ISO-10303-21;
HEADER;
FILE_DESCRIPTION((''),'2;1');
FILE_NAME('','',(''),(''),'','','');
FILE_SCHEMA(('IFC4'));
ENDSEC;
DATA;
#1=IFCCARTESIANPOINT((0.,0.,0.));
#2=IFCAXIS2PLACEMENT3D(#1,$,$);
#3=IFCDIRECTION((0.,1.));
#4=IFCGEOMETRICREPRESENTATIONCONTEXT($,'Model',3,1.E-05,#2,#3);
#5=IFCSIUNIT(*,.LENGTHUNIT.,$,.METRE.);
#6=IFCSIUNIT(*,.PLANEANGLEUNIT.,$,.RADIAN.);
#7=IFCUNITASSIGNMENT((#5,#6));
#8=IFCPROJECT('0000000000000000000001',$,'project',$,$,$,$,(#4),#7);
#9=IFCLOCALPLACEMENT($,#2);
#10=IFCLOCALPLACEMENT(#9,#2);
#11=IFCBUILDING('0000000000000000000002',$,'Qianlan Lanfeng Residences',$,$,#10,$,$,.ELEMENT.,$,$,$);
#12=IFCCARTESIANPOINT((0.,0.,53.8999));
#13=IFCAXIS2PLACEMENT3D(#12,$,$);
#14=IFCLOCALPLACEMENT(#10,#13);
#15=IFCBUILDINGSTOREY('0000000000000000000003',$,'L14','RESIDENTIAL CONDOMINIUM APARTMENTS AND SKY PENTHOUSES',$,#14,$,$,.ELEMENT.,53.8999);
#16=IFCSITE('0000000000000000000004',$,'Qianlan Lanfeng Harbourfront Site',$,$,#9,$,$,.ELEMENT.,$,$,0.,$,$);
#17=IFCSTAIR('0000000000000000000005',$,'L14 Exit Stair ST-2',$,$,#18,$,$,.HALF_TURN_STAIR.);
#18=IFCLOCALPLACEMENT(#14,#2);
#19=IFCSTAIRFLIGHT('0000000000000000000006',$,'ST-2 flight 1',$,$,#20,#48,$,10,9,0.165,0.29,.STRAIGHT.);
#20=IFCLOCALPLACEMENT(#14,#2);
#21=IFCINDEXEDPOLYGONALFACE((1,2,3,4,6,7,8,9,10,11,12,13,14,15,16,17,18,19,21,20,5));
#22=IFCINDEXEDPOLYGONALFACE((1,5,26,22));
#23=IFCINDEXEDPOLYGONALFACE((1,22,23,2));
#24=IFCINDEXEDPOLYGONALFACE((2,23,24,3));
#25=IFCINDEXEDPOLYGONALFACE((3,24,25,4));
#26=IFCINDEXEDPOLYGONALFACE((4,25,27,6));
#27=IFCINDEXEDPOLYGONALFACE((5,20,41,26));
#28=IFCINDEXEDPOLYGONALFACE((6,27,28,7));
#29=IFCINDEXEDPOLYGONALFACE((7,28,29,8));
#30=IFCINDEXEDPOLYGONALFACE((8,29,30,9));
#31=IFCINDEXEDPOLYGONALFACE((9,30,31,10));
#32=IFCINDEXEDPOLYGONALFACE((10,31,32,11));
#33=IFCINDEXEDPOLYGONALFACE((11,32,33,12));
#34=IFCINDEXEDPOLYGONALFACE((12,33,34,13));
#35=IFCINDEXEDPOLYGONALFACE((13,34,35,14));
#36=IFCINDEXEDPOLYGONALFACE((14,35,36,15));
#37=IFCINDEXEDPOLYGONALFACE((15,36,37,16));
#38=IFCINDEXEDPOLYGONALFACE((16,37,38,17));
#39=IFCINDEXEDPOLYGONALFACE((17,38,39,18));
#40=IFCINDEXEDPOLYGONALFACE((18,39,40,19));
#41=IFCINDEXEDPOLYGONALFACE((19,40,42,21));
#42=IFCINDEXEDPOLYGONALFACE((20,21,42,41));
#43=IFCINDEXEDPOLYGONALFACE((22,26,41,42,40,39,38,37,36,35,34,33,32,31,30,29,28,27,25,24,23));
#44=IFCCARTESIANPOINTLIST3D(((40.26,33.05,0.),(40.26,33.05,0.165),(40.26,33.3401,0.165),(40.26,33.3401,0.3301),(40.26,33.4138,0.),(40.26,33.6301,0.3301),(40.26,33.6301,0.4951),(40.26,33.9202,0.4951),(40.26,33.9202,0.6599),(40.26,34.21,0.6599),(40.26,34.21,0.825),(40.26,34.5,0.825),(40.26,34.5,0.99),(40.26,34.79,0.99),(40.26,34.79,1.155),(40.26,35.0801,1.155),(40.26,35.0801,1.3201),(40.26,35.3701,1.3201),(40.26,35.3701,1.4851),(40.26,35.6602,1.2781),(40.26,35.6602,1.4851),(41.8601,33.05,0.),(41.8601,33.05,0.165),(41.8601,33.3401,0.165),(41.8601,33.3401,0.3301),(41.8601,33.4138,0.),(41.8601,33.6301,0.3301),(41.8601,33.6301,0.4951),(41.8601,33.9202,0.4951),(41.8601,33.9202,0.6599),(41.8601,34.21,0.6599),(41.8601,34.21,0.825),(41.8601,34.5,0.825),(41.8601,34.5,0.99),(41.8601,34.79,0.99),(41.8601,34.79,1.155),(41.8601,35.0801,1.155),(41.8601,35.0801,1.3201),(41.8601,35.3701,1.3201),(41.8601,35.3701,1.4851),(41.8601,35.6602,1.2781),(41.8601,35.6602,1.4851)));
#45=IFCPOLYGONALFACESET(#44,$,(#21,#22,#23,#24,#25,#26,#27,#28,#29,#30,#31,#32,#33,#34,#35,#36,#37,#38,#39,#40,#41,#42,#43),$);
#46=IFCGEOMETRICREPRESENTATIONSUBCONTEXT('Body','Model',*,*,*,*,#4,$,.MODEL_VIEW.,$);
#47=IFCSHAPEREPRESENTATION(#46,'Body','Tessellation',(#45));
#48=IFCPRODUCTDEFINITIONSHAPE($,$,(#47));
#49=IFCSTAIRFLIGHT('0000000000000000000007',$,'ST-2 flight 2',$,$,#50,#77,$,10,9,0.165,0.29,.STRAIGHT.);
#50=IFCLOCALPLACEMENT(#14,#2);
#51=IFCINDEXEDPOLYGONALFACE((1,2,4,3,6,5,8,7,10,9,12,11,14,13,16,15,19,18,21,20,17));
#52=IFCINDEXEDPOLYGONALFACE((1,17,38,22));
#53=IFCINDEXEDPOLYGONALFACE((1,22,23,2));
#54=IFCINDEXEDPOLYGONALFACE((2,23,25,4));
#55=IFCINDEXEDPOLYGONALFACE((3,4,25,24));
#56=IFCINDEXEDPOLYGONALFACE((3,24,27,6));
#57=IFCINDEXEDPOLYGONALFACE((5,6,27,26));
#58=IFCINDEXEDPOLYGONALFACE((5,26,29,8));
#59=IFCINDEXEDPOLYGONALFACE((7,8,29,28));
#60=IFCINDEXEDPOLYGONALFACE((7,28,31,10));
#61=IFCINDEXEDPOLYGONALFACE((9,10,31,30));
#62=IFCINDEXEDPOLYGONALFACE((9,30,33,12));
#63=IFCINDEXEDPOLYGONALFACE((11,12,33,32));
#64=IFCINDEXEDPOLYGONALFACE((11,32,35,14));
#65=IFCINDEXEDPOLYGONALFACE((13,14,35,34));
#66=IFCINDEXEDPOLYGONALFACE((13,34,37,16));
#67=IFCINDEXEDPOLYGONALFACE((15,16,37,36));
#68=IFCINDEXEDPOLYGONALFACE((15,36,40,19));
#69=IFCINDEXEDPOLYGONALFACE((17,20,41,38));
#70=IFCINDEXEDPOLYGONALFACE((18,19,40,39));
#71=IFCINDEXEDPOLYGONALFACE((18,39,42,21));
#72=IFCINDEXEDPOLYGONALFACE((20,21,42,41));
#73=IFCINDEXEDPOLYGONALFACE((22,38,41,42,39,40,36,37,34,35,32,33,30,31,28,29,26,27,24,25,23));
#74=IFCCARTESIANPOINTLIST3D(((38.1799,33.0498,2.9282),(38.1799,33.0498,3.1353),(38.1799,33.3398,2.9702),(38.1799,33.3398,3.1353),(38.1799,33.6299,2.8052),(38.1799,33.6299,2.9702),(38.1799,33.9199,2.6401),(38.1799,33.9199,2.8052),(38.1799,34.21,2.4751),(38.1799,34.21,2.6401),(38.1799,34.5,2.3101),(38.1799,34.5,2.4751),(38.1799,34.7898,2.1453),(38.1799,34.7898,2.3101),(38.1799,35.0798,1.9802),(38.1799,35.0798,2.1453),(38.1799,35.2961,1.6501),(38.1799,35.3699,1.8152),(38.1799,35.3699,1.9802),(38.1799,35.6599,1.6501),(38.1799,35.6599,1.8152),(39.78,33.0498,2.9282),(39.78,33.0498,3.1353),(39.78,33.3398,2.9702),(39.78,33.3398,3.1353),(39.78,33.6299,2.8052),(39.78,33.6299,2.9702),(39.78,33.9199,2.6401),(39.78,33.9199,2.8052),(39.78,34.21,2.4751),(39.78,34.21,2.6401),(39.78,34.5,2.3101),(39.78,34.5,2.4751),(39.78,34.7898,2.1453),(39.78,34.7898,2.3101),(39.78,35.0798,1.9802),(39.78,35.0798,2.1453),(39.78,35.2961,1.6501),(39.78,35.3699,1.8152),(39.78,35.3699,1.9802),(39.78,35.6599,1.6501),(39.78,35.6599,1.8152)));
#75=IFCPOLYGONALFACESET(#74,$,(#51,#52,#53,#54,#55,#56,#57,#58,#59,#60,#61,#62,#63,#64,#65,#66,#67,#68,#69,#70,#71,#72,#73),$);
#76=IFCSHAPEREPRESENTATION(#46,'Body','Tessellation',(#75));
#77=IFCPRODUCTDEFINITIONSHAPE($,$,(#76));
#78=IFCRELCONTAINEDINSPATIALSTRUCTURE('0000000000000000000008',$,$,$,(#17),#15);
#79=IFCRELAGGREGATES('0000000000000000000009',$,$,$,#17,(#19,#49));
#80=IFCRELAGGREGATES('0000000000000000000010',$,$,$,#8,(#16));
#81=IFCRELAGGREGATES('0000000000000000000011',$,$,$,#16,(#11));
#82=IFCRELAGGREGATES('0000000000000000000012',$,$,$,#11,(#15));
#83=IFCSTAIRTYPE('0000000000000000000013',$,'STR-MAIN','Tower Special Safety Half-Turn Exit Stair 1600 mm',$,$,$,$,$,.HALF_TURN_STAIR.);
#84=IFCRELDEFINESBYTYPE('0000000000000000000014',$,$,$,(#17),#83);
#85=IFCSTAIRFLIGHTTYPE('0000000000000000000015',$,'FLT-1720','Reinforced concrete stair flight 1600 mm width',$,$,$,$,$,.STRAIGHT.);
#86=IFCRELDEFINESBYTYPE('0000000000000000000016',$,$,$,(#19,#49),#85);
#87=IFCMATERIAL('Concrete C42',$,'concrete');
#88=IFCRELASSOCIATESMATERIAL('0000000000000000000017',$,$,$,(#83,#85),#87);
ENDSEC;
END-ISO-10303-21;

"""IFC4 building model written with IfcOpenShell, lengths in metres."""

from ifc_helpers import new_model, si_unit, direction, frame, origin, place, context, subcontext, project, spatial, polyline, outline, extrude, material, type_object, element, aggregate, save


model = new_model("IFC4")

# Units and contexts
model_context = context("Model", 3, precision=1e-05, world=origin(), true_north=direction((0.0, 1.0)))
body_context = subcontext(model_context, "Body", "Model", "MODEL_VIEW")
ifc_project = project(units=[si_unit("LENGTHUNIT", "METRE"), si_unit("PLANEANGLEUNIT", "RADIAN")], contexts=[model_context])

# Site, building, storey
site_placement = place(None, origin())
site = spatial("IfcSite", under=ifc_project, at=site_placement, Name="Qianlan Lanfeng Harbourfront Site", CompositionType="ELEMENT", RefElevation=0.0)
building_placement = place(site_placement, origin())
building = spatial("IfcBuilding", under=site, at=building_placement, Name="Qianlan Lanfeng Residences", CompositionType="ELEMENT")
storey_placement = place(building_placement, frame((0.0, 0.0, 53.8999)))
storey = spatial("IfcBuildingStorey", under=building, at=storey_placement, Name="L14", Description="RESIDENTIAL CONDOMINIUM APARTMENTS AND SKY PENTHOUSES", CompositionType="ELEMENT", Elevation=53.8999)

# Shared definitions
ifc_material_1 = material(Name="Concrete C42", Category="concrete")

# Stair, stair flights
stair_type = type_object("IfcStairType", Name="STR-MAIN", Description="Tower Special Safety Half-Turn Exit Stair 1600 mm", PredefinedType="HALF_TURN_STAIR", material=ifc_material_1)
stair_placement = place(storey_placement, origin())
stair = element("IfcStair", 1, at=stair_placement, inside=storey, type_object=stair_type, Name="L14 Exit Stair ST-2", PredefinedType="HALF_TURN_STAIR")
stair_flight_type = type_object("IfcStairFlightType", Name="FLT-1720", Description="Reinforced concrete stair flight 1600 mm width", PredefinedType="STRAIGHT", material=ifc_material_1)
stair_flight_1_placement = place(storey_placement, frame((41.0601, 33.05, 0.0), z_axis=(0.0, 0.0, 1.0), x_axis=(0.0, 1.0, 0.0)))
stair_flight_1 = element("IfcStairFlight", 2, at=stair_flight_1_placement, type_object=stair_flight_type, Name="ST-2 flight 1", NumberOfRisers=10, NumberOfTreads=9, PredefinedType="STRAIGHT", RiserHeight=0.165, TreadLength=0.29, context=body_context, shape_type="SweptSolid", body=[
    extrude(outline(polyline([(0.0, 0.0), (0.0, 0.165), (0.29, 0.165), (0.29, 0.3301), (0.5801, 0.3301), (0.5801, 0.4951), (0.8701, 0.4951), (0.8701, 0.6599), (1.1599, 0.6599), (1.1599, 0.825), (1.45, 0.825), (1.45, 0.99), (1.74, 0.99), (1.74, 1.155), (2.03, 1.155), (2.03, 1.3201), (2.3201, 1.3201), (2.3201, 1.4851), (2.6101, 1.4851), (2.6101, 1.6499), (2.6101, 1.2781), (0.3638, 0.0), (0.0, 0.0)])), frame((0.0, 0.8, 0.0), z_axis=(0.0, -1.0, 0.0), x_axis=(1.0, 0.0, 0.0)), (0.0, 0.0, 1.0), 1.6001),
])
stair_flight_2_placement = place(storey_placement, frame((38.98, 35.6599, 1.6501), z_axis=(0.0, 0.0, 1.0), x_axis=(0.0, -1.0, 0.0)))
stair_flight_2 = element("IfcStairFlight", 3, at=stair_flight_2_placement, type_object=stair_flight_type, Name="ST-2 flight 2", NumberOfRisers=10, NumberOfTreads=9, PredefinedType="STRAIGHT", RiserHeight=0.165, TreadLength=0.29, context=body_context, shape_type="SweptSolid", body=[
    extrude(outline(polyline([(0.0, 0.0), (0.0, 0.165), (0.29, 0.165), (0.29, 0.3301), (0.5801, 0.3301), (0.5801, 0.4951), (0.8701, 0.4951), (0.8701, 0.6599), (1.1599, 0.6599), (1.1599, 0.825), (1.45, 0.825), (1.45, 0.99), (1.74, 0.99), (1.74, 1.155), (2.03, 1.155), (2.03, 1.3201), (2.3201, 1.3201), (2.3201, 1.4851), (2.6101, 1.4851), (2.6101, 1.6499), (2.6101, 1.2781), (0.3638, 0.0), (0.0, 0.0)])), frame((0.0, 0.8, 0.0), z_axis=(0.0, -1.0, 0.0), x_axis=(1.0, 0.0, 0.0)), (0.0, 0.0, 1.0), 1.6001),
])
aggregate(stair, [stair_flight_1, stair_flight_2])

save(model, "model.ifc")
